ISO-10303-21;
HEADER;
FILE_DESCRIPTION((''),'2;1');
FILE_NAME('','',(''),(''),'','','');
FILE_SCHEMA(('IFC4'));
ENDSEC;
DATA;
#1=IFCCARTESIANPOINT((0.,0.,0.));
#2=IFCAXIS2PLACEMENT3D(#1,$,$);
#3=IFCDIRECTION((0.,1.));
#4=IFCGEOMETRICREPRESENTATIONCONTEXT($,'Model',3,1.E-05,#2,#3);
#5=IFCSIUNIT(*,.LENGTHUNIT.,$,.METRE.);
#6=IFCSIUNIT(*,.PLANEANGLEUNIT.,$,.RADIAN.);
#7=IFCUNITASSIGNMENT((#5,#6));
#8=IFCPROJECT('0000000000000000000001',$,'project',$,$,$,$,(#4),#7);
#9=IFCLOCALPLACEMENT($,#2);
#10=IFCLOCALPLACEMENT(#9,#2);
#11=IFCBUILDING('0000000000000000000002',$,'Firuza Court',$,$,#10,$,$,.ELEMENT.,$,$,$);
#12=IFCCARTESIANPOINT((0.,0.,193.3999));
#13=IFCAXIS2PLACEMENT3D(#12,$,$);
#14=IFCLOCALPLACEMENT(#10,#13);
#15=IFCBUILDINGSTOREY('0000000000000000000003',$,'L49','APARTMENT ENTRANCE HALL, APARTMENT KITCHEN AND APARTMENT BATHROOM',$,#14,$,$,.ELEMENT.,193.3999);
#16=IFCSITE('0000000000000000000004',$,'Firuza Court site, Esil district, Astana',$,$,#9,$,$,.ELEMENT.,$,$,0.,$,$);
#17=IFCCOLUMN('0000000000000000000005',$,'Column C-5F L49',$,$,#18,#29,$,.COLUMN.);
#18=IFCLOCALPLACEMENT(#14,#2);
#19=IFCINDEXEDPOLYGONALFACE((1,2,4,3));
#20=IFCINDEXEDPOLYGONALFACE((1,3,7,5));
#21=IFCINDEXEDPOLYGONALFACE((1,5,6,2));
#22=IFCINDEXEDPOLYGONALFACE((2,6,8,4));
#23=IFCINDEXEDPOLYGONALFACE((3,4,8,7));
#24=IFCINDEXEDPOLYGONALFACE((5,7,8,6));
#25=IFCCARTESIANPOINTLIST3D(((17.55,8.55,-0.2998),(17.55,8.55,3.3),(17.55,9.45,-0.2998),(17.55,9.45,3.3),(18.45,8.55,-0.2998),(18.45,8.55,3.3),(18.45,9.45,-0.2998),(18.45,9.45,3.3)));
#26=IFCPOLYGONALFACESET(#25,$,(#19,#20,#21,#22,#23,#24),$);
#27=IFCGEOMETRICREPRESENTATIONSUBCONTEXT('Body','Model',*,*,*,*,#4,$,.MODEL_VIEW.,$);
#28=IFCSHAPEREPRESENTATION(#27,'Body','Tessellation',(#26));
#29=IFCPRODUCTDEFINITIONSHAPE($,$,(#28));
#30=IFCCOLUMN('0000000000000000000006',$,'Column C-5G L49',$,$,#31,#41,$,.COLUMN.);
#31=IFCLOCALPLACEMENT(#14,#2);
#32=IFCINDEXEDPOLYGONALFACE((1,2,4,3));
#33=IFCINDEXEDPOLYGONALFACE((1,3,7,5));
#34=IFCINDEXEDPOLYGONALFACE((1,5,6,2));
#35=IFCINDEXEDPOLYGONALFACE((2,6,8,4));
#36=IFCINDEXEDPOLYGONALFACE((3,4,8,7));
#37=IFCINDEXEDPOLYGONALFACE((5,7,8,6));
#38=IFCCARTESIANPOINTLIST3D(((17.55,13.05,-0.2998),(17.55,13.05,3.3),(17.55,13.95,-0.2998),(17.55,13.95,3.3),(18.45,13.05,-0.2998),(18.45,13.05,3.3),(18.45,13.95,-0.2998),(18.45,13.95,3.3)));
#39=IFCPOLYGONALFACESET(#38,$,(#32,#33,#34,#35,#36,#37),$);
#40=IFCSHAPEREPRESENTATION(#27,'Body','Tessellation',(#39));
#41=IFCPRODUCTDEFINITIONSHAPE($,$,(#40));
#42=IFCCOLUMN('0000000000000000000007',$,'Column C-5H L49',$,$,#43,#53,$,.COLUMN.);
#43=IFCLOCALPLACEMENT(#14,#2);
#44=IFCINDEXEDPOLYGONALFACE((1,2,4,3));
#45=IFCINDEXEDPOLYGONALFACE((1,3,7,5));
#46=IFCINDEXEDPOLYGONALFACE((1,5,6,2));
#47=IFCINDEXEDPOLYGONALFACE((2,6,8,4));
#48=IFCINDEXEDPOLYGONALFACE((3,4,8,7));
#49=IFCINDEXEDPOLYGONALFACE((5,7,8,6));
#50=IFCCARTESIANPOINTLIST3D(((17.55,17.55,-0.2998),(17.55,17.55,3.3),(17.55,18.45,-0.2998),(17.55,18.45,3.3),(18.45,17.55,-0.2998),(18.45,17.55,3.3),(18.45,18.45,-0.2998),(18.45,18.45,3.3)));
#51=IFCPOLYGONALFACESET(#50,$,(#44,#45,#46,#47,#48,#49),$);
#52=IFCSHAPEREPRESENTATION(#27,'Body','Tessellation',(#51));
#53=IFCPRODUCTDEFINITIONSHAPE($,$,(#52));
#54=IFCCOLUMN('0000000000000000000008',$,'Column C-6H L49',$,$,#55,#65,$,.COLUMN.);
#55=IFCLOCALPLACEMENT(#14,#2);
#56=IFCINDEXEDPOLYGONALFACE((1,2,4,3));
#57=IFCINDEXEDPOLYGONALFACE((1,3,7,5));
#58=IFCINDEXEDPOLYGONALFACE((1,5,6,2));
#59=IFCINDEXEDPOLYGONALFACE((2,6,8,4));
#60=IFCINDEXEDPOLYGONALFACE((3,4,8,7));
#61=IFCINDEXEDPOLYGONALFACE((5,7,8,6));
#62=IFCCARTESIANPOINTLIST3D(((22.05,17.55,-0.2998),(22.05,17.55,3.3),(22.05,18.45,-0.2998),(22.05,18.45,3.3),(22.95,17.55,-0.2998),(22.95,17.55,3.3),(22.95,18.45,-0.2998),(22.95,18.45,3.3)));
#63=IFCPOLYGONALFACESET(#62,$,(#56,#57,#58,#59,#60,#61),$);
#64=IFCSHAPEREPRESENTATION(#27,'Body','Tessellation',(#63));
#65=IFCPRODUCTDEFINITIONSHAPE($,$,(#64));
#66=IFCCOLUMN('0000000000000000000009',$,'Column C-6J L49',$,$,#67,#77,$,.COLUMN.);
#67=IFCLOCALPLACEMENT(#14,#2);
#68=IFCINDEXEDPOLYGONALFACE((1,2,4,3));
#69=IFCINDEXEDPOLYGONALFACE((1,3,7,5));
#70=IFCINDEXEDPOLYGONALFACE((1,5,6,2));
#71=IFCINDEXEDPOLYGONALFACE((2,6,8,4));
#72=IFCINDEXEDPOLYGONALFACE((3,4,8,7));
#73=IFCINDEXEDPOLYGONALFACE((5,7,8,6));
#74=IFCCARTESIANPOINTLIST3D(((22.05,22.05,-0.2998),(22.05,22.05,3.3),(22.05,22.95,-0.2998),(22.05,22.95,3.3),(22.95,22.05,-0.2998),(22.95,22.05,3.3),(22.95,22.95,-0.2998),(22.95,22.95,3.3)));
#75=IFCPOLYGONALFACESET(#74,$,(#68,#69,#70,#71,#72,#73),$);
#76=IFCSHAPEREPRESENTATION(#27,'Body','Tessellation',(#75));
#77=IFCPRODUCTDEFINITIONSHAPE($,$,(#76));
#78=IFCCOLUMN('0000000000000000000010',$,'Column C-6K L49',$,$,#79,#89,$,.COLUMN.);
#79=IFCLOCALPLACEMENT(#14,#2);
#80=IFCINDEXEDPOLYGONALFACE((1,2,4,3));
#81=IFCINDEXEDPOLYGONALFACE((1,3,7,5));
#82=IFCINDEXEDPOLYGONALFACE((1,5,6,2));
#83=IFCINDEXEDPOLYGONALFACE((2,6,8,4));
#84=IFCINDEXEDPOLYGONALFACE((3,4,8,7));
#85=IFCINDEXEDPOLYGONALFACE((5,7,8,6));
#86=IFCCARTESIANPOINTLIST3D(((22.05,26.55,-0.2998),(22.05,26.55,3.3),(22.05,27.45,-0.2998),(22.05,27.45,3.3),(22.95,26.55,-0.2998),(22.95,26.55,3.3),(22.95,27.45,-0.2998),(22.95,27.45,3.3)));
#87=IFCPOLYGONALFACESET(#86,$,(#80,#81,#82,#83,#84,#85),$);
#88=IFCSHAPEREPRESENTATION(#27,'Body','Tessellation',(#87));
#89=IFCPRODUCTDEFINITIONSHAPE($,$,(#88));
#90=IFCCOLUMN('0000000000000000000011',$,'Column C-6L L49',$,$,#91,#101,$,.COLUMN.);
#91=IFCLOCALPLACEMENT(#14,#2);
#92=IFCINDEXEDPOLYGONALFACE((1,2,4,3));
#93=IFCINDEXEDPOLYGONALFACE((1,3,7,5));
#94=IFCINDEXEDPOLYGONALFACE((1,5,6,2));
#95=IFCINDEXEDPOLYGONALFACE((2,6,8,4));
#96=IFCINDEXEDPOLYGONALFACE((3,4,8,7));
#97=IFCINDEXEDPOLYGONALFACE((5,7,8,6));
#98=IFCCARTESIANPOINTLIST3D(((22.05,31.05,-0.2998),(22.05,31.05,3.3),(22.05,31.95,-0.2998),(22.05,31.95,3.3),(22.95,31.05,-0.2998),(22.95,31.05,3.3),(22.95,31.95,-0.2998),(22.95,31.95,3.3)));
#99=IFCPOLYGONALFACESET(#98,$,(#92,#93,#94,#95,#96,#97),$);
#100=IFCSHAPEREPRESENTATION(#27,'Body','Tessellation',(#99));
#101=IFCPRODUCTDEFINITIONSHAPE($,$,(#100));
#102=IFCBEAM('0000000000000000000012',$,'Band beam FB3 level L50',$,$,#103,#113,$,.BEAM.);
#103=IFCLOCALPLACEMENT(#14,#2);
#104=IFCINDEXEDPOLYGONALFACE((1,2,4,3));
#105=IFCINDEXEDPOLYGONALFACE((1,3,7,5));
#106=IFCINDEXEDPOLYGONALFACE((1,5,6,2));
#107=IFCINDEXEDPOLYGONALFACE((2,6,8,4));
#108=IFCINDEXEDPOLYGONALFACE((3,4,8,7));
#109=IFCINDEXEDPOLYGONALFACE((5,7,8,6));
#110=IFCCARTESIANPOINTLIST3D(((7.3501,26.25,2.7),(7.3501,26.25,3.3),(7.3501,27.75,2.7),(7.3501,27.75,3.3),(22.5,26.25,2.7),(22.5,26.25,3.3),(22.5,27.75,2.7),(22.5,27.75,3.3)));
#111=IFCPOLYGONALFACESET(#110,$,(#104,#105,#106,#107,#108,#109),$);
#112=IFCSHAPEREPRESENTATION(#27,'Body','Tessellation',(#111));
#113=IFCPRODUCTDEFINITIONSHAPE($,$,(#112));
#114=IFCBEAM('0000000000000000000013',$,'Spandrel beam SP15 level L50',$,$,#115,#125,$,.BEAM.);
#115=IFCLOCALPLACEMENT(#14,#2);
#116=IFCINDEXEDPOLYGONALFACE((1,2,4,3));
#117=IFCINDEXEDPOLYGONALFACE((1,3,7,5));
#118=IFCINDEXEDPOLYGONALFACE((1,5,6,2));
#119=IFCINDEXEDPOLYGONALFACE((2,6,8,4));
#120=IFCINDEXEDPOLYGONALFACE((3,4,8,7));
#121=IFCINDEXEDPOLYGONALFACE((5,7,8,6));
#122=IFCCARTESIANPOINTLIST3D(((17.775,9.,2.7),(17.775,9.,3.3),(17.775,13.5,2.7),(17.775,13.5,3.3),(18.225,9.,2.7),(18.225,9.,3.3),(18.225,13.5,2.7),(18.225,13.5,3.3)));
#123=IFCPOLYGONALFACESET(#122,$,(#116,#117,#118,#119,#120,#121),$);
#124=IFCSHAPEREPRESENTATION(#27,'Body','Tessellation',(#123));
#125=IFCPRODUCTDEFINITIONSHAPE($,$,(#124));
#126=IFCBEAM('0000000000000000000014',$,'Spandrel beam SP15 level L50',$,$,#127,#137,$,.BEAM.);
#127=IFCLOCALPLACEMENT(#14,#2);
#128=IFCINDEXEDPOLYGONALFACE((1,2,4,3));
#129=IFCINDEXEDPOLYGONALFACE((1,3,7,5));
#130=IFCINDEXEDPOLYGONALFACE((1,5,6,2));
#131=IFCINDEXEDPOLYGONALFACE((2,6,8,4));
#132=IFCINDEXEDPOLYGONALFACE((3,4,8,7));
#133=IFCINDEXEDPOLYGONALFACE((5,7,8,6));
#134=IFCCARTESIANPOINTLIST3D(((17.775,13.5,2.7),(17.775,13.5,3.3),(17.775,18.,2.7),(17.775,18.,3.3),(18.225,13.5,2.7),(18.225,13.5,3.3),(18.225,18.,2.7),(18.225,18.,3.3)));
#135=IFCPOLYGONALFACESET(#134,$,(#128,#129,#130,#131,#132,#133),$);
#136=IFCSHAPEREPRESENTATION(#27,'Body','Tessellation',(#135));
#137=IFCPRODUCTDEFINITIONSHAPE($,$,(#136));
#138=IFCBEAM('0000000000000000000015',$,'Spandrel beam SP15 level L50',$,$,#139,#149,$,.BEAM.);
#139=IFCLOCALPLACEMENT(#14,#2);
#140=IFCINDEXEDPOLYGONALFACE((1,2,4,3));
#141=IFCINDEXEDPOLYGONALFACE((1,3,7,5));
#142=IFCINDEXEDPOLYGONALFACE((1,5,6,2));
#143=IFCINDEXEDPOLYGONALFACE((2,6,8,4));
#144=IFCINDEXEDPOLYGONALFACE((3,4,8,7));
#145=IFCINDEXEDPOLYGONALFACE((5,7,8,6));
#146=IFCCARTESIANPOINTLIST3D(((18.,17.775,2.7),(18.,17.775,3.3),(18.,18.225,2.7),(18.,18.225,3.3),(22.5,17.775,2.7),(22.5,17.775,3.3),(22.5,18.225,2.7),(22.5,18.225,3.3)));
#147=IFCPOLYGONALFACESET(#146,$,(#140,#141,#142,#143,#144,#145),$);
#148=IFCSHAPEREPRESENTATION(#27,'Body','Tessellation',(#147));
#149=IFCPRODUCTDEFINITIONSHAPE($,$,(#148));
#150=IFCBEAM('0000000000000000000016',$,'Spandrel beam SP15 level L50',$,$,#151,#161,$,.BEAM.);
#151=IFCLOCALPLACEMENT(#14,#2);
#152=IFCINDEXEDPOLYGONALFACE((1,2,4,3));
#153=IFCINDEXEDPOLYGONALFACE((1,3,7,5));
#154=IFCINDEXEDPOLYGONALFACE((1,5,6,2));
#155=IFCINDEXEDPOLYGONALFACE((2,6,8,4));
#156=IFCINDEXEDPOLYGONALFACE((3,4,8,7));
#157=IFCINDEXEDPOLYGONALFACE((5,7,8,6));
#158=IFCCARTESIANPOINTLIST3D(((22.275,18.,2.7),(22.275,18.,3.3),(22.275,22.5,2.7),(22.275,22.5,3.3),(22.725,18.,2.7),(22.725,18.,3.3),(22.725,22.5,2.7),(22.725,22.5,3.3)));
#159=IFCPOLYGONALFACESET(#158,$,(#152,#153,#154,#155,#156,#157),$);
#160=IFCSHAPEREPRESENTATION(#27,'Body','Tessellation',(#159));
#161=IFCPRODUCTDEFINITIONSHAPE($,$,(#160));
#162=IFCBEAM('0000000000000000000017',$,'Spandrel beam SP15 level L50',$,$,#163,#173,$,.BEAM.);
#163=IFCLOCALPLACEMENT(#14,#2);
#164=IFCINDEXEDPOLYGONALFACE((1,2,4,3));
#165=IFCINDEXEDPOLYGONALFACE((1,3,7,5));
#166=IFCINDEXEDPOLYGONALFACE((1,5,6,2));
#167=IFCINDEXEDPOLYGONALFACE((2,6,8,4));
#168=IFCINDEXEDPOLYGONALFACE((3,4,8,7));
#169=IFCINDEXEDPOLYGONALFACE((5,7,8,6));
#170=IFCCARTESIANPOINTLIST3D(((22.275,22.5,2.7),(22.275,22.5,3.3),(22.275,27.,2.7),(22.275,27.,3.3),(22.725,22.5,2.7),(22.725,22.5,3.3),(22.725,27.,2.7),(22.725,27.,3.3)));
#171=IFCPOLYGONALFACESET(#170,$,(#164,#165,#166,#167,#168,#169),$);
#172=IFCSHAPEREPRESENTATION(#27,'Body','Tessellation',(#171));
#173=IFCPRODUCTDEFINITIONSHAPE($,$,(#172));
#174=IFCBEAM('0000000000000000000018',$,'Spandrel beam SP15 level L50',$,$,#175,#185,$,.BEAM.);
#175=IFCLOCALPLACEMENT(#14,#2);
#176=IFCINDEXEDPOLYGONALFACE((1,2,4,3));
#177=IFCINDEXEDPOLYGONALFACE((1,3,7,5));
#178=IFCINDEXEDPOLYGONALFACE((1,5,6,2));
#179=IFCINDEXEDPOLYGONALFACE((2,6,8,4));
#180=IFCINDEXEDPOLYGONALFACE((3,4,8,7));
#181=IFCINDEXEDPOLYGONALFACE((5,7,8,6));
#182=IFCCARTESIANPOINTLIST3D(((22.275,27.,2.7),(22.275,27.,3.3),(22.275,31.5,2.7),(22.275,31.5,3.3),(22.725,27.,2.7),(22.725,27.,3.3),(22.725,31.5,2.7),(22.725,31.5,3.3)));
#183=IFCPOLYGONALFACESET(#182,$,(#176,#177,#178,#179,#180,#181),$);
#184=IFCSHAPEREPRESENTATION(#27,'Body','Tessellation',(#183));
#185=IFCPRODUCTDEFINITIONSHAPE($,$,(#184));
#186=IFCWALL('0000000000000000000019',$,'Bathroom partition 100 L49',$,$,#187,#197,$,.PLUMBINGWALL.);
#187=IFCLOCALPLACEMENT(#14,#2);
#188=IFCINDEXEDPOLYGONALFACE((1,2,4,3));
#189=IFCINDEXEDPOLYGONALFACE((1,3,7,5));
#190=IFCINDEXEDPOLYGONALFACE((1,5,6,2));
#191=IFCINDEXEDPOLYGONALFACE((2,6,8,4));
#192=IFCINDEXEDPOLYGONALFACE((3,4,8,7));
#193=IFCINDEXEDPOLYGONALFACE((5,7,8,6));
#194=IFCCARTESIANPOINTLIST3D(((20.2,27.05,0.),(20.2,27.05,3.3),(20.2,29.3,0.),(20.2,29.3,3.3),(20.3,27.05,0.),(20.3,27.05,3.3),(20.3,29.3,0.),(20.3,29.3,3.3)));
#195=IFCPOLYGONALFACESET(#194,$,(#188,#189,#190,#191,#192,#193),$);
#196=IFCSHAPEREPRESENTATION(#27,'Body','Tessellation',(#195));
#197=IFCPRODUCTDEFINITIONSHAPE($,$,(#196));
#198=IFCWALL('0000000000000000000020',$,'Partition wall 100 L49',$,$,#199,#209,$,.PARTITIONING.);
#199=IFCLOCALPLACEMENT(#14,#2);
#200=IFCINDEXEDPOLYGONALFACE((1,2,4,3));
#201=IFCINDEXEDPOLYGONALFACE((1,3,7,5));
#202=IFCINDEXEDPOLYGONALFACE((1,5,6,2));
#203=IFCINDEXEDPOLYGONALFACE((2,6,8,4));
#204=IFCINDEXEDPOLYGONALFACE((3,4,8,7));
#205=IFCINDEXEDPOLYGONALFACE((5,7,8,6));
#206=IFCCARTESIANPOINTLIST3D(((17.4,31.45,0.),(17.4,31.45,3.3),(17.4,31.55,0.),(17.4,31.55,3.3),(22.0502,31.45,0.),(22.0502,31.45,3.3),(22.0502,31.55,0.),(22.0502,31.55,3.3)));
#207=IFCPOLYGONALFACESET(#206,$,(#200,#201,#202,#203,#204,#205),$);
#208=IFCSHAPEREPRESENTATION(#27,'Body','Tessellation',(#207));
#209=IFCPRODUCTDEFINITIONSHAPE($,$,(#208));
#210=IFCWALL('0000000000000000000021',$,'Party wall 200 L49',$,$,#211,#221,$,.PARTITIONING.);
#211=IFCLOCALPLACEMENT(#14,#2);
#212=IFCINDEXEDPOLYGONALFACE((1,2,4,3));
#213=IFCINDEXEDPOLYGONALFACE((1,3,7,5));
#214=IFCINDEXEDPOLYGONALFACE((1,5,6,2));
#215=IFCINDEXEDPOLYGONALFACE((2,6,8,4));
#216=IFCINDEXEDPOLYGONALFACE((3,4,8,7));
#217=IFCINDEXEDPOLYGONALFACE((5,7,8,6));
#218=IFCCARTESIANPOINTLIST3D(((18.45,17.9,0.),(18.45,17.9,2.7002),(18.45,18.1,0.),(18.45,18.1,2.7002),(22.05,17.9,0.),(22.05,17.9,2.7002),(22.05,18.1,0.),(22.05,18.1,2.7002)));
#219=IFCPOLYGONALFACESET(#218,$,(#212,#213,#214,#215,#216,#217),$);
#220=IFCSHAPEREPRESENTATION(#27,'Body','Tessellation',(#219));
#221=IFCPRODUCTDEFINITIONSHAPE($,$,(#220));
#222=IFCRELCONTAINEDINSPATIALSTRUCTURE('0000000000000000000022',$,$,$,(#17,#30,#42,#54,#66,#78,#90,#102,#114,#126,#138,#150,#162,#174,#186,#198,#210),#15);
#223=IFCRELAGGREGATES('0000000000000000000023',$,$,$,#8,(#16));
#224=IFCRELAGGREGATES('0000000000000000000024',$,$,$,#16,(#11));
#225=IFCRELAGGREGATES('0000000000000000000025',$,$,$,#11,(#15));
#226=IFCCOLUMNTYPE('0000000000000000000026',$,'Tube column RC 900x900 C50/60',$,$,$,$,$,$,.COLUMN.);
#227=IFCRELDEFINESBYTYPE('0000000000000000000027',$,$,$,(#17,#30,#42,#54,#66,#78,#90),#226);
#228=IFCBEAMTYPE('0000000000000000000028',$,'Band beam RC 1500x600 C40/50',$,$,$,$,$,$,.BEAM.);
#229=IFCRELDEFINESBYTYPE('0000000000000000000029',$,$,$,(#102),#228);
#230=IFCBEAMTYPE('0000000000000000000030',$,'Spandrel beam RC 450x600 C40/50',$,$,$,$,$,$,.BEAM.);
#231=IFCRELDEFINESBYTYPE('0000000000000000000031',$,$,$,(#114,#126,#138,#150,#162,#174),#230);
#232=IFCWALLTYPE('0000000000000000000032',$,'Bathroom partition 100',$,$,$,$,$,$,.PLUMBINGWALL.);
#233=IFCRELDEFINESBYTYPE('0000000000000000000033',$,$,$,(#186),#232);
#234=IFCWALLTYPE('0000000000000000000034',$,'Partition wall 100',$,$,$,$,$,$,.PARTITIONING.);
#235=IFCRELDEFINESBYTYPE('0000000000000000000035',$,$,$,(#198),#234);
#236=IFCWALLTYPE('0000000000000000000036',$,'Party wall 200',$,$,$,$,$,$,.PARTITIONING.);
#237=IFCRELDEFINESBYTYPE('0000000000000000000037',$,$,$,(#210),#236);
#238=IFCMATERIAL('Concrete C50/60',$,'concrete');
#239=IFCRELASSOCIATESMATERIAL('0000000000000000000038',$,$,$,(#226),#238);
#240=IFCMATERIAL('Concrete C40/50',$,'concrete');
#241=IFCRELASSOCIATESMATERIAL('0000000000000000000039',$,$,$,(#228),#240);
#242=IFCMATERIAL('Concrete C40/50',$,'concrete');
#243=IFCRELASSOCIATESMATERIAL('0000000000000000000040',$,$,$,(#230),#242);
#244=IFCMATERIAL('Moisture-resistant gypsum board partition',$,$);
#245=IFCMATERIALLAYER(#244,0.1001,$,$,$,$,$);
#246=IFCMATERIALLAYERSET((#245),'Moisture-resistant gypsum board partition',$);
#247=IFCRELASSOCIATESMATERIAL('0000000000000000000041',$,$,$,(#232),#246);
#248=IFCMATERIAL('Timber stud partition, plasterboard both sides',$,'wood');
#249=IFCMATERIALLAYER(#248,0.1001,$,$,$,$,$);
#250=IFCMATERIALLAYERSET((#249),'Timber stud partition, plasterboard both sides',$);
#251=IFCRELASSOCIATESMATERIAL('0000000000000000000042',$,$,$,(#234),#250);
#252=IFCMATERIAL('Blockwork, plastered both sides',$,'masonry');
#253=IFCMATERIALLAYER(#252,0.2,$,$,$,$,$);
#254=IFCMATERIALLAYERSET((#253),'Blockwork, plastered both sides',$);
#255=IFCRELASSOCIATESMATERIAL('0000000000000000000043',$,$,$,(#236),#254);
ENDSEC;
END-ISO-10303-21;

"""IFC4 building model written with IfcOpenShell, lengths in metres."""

from ifc_helpers import new_model, si_unit, direction, frame, frame_2d, origin, origin_2d, place, context, subcontext, project, spatial, rectangle, extrude, material, layer, layer_set, material_profile, profile_set, type_object, element, save


model = new_model("IFC4")

# Units and contexts
model_context = context("Model", 3, precision=1e-05, world=origin(), true_north=direction((0.0, 1.0)))
body_context = subcontext(model_context, "Body", "Model", "MODEL_VIEW")
ifc_project = project(units=[si_unit("LENGTHUNIT", "METRE"), si_unit("PLANEANGLEUNIT", "RADIAN")], contexts=[model_context])

# Site, building, storey
site_placement = place(None, origin())
site = spatial("IfcSite", under=ifc_project, at=site_placement, Name="Firuza Court site, Esil district, Astana", CompositionType="ELEMENT", RefElevation=0.0)
building_placement = place(site_placement, origin())
building = spatial("IfcBuilding", under=site, at=building_placement, Name="Firuza Court", CompositionType="ELEMENT")
storey_placement = place(building_placement, frame((0.0, 0.0, 193.3999)))
storey = spatial("IfcBuildingStorey", under=building, at=storey_placement, Name="L49", Description="APARTMENT ENTRANCE HALL, APARTMENT KITCHEN AND APARTMENT BATHROOM", CompositionType="ELEMENT", Elevation=193.3999)

# Columns
ifc_material_1 = material(Name="Concrete C50/60", Category="concrete")
ifc_material_profile_1 = material_profile(ifc_material_1, rectangle(XDim=0.8999, YDim=0.8999, at=origin_2d()), Name="RC 900x900")
ifc_profile_set_1 = profile_set([ifc_material_profile_1], Name="Concrete C50/60")
column_type = type_object("IfcColumnType", Name="Tube column RC 900x900 C50/60", PredefinedType="COLUMN", material=ifc_profile_set_1)
for number, where, z_axis, x_axis, name in (
    (1, (18.0, 9.0, -0.2998), (0.0, 0.0, 1.0), (1.0, 0.0, 0.0), "Column C-5F L49"),
    (2, (18.0, 13.5, -0.2998), (0.0, 0.0, 1.0), (1.0, 0.0, 0.0), "Column C-5G L49"),
    (3, (18.0, 18.0, -0.2998), (0.0, 0.0, 1.0), (1.0, 0.0, 0.0), "Column C-5H L49"),
    (4, (22.5, 18.0, -0.2998), (0.0, 0.0, 1.0), (1.0, 0.0, 0.0), "Column C-6H L49"),
    (5, (22.5, 22.5, -0.2998), (0.0, 0.0, 1.0), (1.0, 0.0, 0.0), "Column C-6J L49"),
    (6, (22.5, 27.0, -0.2998), (0.0, 0.0, 1.0), (1.0, 0.0, 0.0), "Column C-6K L49"),
    (7, (22.5, 31.5, -0.2998), (0.0, 0.0, 1.0), (1.0, 0.0, 0.0), "Column C-6L L49"),
):
    element("IfcColumn", number, at=place(storey_placement, frame(where, z_axis=z_axis, x_axis=x_axis)), inside=storey, type_object=column_type, Name=name, PredefinedType="COLUMN", context=body_context, shape_type="SweptSolid", body=[
        extrude(rectangle(XDim=0.8999, YDim=0.8999, at=origin_2d()), origin(), (0.0, 0.0, 1.0), 3.5999),
    ])

# Beams
ifc_material_2 = material(Name="Concrete C40/50", Category="concrete")
ifc_material_profile_2 = material_profile(ifc_material_2, rectangle(XDim=1.5, YDim=0.6001, at=origin_2d()), Name="RC 1500x600")
ifc_profile_set_2 = profile_set([ifc_material_profile_2], Name="Concrete C40/50")
beam_type_1 = type_object("IfcBeamType", Name="Band beam RC 1500x600 C40/50", PredefinedType="BEAM", material=ifc_profile_set_2)
beam_placement = place(storey_placement, frame((22.5, 27.0, 3.0), z_axis=(-1.0, 0.0, 0.0), x_axis=(0.0, -1.0, 0.0)))
element("IfcBeam", 8, at=beam_placement, inside=storey, type_object=beam_type_1, Name="Band beam FB3 level L50", PredefinedType="BEAM", context=body_context, shape_type="SweptSolid", body=[
    extrude(rectangle(XDim=1.5, YDim=0.6001, at=origin_2d()), origin(), (0.0, 0.0, 1.0), 15.1499),
])
ifc_material_3 = material(Name="Concrete C40/50", Category="concrete")
ifc_material_profile_3 = material_profile(ifc_material_3, rectangle(XDim=0.45, YDim=0.6001, at=origin_2d()), Name="RC 450x600")
ifc_profile_set_3 = profile_set([ifc_material_profile_3], Name="Concrete C40/50")
beam_type_2 = type_object("IfcBeamType", Name="Spandrel beam RC 450x600 C40/50", PredefinedType="BEAM", material=ifc_profile_set_3)
for number, where, z_axis, x_axis, name in (
    (9, (18.0, 9.0, 3.0), (0.0, 1.0, 0.0), (-1.0, 0.0, 0.0), "Spandrel beam SP15 level L50"),
    (10, (18.0, 13.5, 3.0), (0.0, 1.0, 0.0), (-1.0, 0.0, 0.0), "Spandrel beam SP15 level L50"),
    (11, (18.0, 18.0, 3.0), (1.0, 0.0, 0.0), (0.0, 1.0, 0.0), "Spandrel beam SP15 level L50"),
    (12, (22.5, 18.0, 3.0), (0.0, 1.0, 0.0), (-1.0, 0.0, 0.0), "Spandrel beam SP15 level L50"),
    (13, (22.5, 22.5, 3.0), (0.0, 1.0, 0.0), (-1.0, 0.0, 0.0), "Spandrel beam SP15 level L50"),
    (14, (22.5, 27.0, 3.0), (0.0, 1.0, 0.0), (-1.0, 0.0, 0.0), "Spandrel beam SP15 level L50"),
):
    element("IfcBeam", number, at=place(storey_placement, frame(where, z_axis=z_axis, x_axis=x_axis)), inside=storey, type_object=beam_type_2, Name=name, PredefinedType="BEAM", context=body_context, shape_type="SweptSolid", body=[
        extrude(rectangle(XDim=0.45, YDim=0.6001, at=origin_2d()), origin(), (0.0, 0.0, 1.0), 4.5),
    ])

# Walls
ifc_material_4 = material(Name="Moisture-resistant gypsum board partition")
ifc_layer_1 = layer(ifc_material_4, 0.1001)
ifc_layer_set_1 = layer_set([ifc_layer_1], Name="Moisture-resistant gypsum board partition")
wall_type_1 = type_object("IfcWallType", Name="Bathroom partition 100", PredefinedType="PLUMBINGWALL", material=ifc_layer_set_1)
wall_1_placement = place(storey_placement, frame((20.25, 27.05, 0.0), z_axis=(0.0, 0.0, 1.0), x_axis=(0.0, 1.0, 0.0)))
element("IfcWall", 15, at=wall_1_placement, inside=storey, type_object=wall_type_1, Name="Bathroom partition 100 L49", PredefinedType="PLUMBINGWALL", context=body_context, shape_type="SweptSolid", body=[
    extrude(rectangle(XDim=2.25, YDim=0.1001, at=frame_2d((1.125, 0.0))), origin(), (0.0, 0.0, 1.0), 3.3),
])
ifc_material_5 = material(Name="Timber stud partition, plasterboard both sides", Category="wood")
ifc_layer_2 = layer(ifc_material_5, 0.1001)
ifc_layer_set_2 = layer_set([ifc_layer_2], Name="Timber stud partition, plasterboard both sides")
wall_type_2 = type_object("IfcWallType", Name="Partition wall 100", PredefinedType="PARTITIONING", material=ifc_layer_set_2)
wall_2_placement = place(storey_placement, frame((17.3999, 31.5, 0.0), z_axis=(0.0, 0.0, 1.0), x_axis=(1.0, 0.0, 0.0)))
element("IfcWall", 16, at=wall_2_placement, inside=storey, type_object=wall_type_2, Name="Partition wall 100 L49", PredefinedType="PARTITIONING", context=body_context, shape_type="SweptSolid", body=[
    extrude(rectangle(XDim=4.6501, YDim=0.1001, at=frame_2d((2.3252, 0.0))), origin(), (0.0, 0.0, 1.0), 3.3),
])
ifc_material_6 = material(Name="Blockwork, plastered both sides", Category="masonry")
ifc_layer_3 = layer(ifc_material_6, 0.2)
ifc_layer_set_3 = layer_set([ifc_layer_3], Name="Blockwork, plastered both sides")
wall_type_3 = type_object("IfcWallType", Name="Party wall 200", PredefinedType="PARTITIONING", material=ifc_layer_set_3)
wall_3_placement = place(storey_placement, frame((18.45, 18.0, 0.0), z_axis=(0.0, 0.0, 1.0), x_axis=(1.0, 0.0, 0.0)))
element("IfcWall", 17, at=wall_3_placement, inside=storey, type_object=wall_type_3, Name="Party wall 200 L49", PredefinedType="PARTITIONING", context=body_context, shape_type="SweptSolid", body=[
    extrude(rectangle(XDim=3.6001, YDim=0.2, at=frame_2d((1.8, 0.0))), origin(), (0.0, 0.0, 1.0), 2.7002),
])

save(model, "model.ifc")
